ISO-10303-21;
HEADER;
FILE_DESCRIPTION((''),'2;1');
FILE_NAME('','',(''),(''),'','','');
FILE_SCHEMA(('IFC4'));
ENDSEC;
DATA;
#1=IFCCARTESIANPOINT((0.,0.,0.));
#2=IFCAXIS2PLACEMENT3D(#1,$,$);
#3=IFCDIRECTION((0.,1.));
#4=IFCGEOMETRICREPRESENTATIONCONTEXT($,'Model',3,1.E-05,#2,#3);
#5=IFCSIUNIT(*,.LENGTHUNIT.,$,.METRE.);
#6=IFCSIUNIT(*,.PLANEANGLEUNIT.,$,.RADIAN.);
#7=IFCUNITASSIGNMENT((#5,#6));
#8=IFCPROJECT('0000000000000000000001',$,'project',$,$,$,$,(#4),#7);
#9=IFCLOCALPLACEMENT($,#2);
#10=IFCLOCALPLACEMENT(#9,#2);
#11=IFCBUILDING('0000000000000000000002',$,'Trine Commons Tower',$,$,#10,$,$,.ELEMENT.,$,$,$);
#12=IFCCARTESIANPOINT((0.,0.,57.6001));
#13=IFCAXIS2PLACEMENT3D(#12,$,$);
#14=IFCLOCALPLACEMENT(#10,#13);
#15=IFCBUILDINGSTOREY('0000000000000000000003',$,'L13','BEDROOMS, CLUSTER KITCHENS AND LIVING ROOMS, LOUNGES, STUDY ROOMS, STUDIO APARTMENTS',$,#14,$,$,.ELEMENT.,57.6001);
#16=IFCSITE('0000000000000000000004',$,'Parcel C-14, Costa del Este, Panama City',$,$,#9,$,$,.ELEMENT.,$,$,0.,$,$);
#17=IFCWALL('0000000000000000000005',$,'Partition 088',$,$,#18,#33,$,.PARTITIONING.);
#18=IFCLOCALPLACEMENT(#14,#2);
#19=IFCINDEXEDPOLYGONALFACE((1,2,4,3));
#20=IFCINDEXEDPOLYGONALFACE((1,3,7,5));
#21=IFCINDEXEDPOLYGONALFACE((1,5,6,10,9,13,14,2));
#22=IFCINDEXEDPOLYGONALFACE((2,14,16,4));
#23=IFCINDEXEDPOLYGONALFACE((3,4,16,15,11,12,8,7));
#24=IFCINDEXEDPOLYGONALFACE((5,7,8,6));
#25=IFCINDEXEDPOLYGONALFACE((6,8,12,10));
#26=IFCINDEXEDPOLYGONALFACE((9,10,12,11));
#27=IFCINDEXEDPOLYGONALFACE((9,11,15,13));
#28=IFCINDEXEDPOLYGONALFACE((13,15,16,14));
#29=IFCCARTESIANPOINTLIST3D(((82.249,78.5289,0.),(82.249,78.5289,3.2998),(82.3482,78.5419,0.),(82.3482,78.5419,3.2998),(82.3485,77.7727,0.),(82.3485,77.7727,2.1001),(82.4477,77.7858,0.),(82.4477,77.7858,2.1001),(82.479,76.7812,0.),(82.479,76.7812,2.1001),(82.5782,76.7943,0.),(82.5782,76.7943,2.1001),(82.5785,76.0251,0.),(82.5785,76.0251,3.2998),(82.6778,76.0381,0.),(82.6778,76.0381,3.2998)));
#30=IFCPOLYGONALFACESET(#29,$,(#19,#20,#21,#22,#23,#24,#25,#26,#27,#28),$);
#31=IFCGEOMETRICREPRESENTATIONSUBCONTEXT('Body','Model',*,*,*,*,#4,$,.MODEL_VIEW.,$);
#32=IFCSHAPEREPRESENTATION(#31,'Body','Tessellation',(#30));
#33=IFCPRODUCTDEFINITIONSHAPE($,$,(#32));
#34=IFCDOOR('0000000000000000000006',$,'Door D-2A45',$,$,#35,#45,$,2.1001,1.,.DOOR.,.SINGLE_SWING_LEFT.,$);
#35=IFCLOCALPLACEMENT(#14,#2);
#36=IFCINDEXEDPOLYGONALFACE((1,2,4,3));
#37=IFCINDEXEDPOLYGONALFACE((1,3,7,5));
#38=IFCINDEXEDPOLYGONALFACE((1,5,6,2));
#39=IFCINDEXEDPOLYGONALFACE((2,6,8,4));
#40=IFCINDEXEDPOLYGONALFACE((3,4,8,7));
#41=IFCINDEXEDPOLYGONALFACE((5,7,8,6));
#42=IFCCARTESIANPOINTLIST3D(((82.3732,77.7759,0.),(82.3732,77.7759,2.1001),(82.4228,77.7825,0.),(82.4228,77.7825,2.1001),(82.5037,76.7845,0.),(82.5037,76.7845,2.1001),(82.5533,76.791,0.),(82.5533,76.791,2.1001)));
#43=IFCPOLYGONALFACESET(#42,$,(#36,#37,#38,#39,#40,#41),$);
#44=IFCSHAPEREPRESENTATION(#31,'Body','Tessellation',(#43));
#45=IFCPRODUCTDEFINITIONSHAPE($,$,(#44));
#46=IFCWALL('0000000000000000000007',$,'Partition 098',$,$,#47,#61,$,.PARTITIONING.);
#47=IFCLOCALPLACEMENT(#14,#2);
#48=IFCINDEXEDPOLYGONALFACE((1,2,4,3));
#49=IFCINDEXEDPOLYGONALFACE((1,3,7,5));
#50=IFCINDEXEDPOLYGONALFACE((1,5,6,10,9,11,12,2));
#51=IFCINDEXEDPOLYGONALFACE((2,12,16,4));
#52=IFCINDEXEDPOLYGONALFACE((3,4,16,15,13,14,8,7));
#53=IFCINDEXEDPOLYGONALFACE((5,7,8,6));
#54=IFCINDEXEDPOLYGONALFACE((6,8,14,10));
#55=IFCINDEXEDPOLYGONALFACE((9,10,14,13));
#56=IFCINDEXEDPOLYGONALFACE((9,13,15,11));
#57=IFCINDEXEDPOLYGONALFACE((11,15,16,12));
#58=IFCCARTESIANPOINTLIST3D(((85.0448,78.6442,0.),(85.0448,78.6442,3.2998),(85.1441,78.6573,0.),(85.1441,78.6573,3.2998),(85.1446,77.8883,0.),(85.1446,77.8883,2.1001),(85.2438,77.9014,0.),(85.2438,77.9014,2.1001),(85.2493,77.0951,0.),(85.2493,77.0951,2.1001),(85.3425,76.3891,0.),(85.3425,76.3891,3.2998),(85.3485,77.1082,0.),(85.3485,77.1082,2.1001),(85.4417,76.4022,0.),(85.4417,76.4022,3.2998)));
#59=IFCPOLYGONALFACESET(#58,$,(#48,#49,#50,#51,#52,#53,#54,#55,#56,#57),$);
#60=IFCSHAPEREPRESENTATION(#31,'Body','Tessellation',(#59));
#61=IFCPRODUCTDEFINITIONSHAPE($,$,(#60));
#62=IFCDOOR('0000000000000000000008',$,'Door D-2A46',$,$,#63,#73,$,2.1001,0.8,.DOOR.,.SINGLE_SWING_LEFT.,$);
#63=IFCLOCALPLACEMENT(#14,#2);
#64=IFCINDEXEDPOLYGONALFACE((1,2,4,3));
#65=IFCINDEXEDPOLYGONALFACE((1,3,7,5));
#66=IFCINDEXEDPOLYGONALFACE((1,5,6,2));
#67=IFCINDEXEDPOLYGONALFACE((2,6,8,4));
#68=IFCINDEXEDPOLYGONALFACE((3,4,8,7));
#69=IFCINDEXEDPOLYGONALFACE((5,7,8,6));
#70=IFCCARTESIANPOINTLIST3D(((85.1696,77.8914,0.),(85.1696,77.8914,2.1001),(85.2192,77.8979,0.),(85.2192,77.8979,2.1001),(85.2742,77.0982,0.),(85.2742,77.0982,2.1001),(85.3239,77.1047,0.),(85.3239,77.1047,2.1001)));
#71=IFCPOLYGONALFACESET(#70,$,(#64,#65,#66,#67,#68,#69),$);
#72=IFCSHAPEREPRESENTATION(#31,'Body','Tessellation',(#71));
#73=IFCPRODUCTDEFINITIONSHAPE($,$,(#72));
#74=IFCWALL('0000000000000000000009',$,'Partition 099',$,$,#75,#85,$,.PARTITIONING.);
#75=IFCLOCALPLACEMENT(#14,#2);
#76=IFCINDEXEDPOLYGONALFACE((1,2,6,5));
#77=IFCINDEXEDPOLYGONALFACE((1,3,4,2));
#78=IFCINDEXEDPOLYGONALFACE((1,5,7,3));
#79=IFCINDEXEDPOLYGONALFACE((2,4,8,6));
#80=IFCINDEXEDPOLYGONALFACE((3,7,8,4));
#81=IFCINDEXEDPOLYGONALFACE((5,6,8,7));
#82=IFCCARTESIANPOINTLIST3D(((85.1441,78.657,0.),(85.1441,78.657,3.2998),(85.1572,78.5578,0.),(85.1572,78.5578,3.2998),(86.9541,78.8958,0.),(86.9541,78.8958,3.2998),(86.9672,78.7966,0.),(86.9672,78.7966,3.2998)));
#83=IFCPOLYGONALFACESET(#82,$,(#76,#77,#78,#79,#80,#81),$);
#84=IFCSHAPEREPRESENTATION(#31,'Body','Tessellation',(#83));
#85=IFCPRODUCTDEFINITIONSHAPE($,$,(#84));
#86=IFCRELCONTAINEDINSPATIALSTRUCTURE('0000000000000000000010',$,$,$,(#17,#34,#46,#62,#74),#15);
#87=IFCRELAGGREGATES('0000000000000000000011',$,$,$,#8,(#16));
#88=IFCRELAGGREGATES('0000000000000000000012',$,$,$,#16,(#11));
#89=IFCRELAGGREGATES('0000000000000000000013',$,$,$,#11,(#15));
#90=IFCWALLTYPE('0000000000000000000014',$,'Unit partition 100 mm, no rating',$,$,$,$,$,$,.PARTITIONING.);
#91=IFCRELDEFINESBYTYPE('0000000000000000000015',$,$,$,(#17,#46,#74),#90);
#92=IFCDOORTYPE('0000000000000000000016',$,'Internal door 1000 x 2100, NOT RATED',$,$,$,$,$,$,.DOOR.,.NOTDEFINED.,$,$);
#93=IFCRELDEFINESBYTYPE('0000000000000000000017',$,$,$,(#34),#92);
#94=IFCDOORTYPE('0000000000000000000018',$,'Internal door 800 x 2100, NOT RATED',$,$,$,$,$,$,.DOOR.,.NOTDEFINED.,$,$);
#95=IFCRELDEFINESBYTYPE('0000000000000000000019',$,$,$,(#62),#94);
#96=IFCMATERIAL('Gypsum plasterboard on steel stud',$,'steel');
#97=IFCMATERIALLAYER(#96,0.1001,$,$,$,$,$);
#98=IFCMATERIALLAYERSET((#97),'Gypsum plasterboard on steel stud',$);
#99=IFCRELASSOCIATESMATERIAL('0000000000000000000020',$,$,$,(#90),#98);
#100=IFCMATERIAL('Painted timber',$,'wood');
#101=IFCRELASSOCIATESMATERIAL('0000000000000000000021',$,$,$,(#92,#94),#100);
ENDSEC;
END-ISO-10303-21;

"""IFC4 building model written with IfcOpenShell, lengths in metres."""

from ifc_helpers import new_model, si_unit, direction, frame, frame_2d, origin, place, context, subcontext, project, spatial, rectangle, extrude, material, layer, layer_set, type_object, element, fill, save


model = new_model("IFC4")

# Units and contexts
model_context = context("Model", 3, precision=1e-05, world=origin(), true_north=direction((0.0, 1.0)))
body_context = subcontext(model_context, "Body", "Model", "MODEL_VIEW")
ifc_project = project(units=[si_unit("LENGTHUNIT", "METRE"), si_unit("PLANEANGLEUNIT", "RADIAN")], contexts=[model_context])

# Site, building, storey
site_placement = place(None, origin())
site = spatial("IfcSite", under=ifc_project, at=site_placement, Name="Parcel C-14, Costa del Este, Panama City", CompositionType="ELEMENT", RefElevation=0.0)
building_placement = place(site_placement, origin())
building = spatial("IfcBuilding", under=site, at=building_placement, Name="Trine Commons Tower", CompositionType="ELEMENT")
storey_placement = place(building_placement, frame((0.0, 0.0, 57.6001)))
storey = spatial("IfcBuildingStorey", under=building, at=storey_placement, Name="L13", Description="BEDROOMS, CLUSTER KITCHENS AND LIVING ROOMS, LOUNGES, STUDY ROOMS, STUDIO APARTMENTS", CompositionType="ELEMENT", Elevation=57.6001)

# Shared definitions
ifc_material_1 = material(Name="Gypsum plasterboard on steel stud", Category="steel")

# Shared definitions
ifc_layer_1 = layer(ifc_material_1, 0.1001)
ifc_layer_set_1 = layer_set([ifc_layer_1], Name="Gypsum plasterboard on steel stud")
wall_type_1 = type_object("IfcWallType", Name="Unit partition 100 mm, no rating", PredefinedType="PARTITIONING", material=ifc_layer_set_1)

# Walls, openings, doors
wall_1_placement = place(storey_placement, frame((82.2986, 78.5354, 0.0), z_axis=(0.0, 0.0, 1.0), x_axis=(0.130505, -0.991448, 0.0)))
wall_1 = element("IfcWall", 1, at=wall_1_placement, inside=storey, type_object=wall_type_1, Name="Partition 088", PredefinedType="PARTITIONING", context=body_context, shape_type="SweptSolid", body=[
    extrude(rectangle(XDim=2.5254, YDim=0.1001, at=frame_2d((1.2627, 0.0))), origin(), (0.0, 0.0, 1.0), 3.2998),
])
opening_1_placement = place(wall_1_placement, frame((0.7627, 0.0, 0.0)))
opening_1 = element("IfcOpeningElement", 2, at=opening_1_placement, cuts=wall_1, PredefinedType="OPENING", context=body_context, shape_type="SweptSolid", body=[
    extrude(rectangle(XDim=1.0, YDim=2.1001, at=frame_2d((0.5, 1.05))), frame((0.0, 0.0601, 0.0), z_axis=(0.0, -1.0, 0.0), x_axis=(1.0, 0.0, 0.0)), (0.0, 0.0, 1.0), 0.1201),
])
ifc_material_2 = material(Name="Painted timber", Category="wood")
door_type_1 = type_object("IfcDoorType", Name="Internal door 1000 x 2100, NOT RATED", OperationType="NOTDEFINED", PredefinedType="DOOR", material=ifc_material_2)
door_1_placement = place(opening_1_placement, origin())
door_1 = element("IfcDoor", 3, at=door_1_placement, inside=storey, type_object=door_type_1, Name="Door D-2A45", OperationType="SINGLE_SWING_LEFT", OverallHeight=2.1001, OverallWidth=1.0, PredefinedType="DOOR", context=body_context, shape_type="SweptSolid", body=[
    extrude(rectangle(XDim=1.0, YDim=2.1001, at=frame_2d((0.5, 1.05))), frame((0.0, 0.0249, 0.0), z_axis=(0.0, -1.0, 0.0), x_axis=(1.0, 0.0, 0.0)), (0.0, 0.0, 1.0), 0.05),
])
fill(opening_1, door_1)
wall_2_placement = place(storey_placement, frame((85.0945, 78.6506, 0.0), z_axis=(0.0, 0.0, 1.0), x_axis=(0.130835, -0.991404, 0.0)))
wall_2 = element("IfcWall", 4, at=wall_2_placement, inside=storey, type_object=wall_type_1, Name="Partition 098", PredefinedType="PARTITIONING", context=body_context, shape_type="SweptSolid", body=[
    extrude(rectangle(XDim=2.2747, YDim=0.1001, at=frame_2d((1.1372, 0.0))), origin(), (0.0, 0.0, 1.0), 3.2998),
])
opening_2_placement = place(wall_2_placement, frame((0.7625, 0.0, 0.0)))
opening_2 = element("IfcOpeningElement", 5, at=opening_2_placement, cuts=wall_2, PredefinedType="OPENING", context=body_context, shape_type="SweptSolid", body=[
    extrude(rectangle(XDim=0.8, YDim=2.1001, at=frame_2d((0.3999, 1.05))), frame((0.0, 0.0601, 0.0), z_axis=(0.0, -1.0, 0.0), x_axis=(1.0, 0.0, 0.0)), (0.0, 0.0, 1.0), 0.1201),
])
door_type_2 = type_object("IfcDoorType", Name="Internal door 800 x 2100, NOT RATED", OperationType="NOTDEFINED", PredefinedType="DOOR", material=ifc_material_2)
door_2_placement = place(opening_2_placement, frame((0.8, 0.0, 0.0), z_axis=(0.0, 0.0, 1.0), x_axis=(-1.0, 0.0, 0.0)))
door_2 = element("IfcDoor", 6, at=door_2_placement, inside=storey, type_object=door_type_2, Name="Door D-2A46", OperationType="SINGLE_SWING_LEFT", OverallHeight=2.1001, OverallWidth=0.8, PredefinedType="DOOR", context=body_context, shape_type="SweptSolid", body=[
    extrude(rectangle(XDim=0.8, YDim=2.1001, at=frame_2d((0.3999, 1.05))), frame((0.0, 0.0249, 0.0), z_axis=(0.0, -1.0, 0.0), x_axis=(1.0, 0.0, 0.0)), (0.0, 0.0, 1.0), 0.05),
])
fill(opening_2, door_2)

# Wall
wall_3_placement = place(storey_placement, frame((85.1506, 78.6074, 0.0), z_axis=(0.0, 0.0, 1.0), x_axis=(0.991411, 0.13078, 0.0)))
element("IfcWall", 7, at=wall_3_placement, inside=storey, type_object=wall_type_1, Name="Partition 099", PredefinedType="PARTITIONING", context=body_context, shape_type="SweptSolid", body=[
    extrude(rectangle(XDim=1.8257, YDim=0.1001, at=frame_2d((0.9128, 0.0))), origin(), (0.0, 0.0, 1.0), 3.2998),
])

save(model, "model.ifc")
